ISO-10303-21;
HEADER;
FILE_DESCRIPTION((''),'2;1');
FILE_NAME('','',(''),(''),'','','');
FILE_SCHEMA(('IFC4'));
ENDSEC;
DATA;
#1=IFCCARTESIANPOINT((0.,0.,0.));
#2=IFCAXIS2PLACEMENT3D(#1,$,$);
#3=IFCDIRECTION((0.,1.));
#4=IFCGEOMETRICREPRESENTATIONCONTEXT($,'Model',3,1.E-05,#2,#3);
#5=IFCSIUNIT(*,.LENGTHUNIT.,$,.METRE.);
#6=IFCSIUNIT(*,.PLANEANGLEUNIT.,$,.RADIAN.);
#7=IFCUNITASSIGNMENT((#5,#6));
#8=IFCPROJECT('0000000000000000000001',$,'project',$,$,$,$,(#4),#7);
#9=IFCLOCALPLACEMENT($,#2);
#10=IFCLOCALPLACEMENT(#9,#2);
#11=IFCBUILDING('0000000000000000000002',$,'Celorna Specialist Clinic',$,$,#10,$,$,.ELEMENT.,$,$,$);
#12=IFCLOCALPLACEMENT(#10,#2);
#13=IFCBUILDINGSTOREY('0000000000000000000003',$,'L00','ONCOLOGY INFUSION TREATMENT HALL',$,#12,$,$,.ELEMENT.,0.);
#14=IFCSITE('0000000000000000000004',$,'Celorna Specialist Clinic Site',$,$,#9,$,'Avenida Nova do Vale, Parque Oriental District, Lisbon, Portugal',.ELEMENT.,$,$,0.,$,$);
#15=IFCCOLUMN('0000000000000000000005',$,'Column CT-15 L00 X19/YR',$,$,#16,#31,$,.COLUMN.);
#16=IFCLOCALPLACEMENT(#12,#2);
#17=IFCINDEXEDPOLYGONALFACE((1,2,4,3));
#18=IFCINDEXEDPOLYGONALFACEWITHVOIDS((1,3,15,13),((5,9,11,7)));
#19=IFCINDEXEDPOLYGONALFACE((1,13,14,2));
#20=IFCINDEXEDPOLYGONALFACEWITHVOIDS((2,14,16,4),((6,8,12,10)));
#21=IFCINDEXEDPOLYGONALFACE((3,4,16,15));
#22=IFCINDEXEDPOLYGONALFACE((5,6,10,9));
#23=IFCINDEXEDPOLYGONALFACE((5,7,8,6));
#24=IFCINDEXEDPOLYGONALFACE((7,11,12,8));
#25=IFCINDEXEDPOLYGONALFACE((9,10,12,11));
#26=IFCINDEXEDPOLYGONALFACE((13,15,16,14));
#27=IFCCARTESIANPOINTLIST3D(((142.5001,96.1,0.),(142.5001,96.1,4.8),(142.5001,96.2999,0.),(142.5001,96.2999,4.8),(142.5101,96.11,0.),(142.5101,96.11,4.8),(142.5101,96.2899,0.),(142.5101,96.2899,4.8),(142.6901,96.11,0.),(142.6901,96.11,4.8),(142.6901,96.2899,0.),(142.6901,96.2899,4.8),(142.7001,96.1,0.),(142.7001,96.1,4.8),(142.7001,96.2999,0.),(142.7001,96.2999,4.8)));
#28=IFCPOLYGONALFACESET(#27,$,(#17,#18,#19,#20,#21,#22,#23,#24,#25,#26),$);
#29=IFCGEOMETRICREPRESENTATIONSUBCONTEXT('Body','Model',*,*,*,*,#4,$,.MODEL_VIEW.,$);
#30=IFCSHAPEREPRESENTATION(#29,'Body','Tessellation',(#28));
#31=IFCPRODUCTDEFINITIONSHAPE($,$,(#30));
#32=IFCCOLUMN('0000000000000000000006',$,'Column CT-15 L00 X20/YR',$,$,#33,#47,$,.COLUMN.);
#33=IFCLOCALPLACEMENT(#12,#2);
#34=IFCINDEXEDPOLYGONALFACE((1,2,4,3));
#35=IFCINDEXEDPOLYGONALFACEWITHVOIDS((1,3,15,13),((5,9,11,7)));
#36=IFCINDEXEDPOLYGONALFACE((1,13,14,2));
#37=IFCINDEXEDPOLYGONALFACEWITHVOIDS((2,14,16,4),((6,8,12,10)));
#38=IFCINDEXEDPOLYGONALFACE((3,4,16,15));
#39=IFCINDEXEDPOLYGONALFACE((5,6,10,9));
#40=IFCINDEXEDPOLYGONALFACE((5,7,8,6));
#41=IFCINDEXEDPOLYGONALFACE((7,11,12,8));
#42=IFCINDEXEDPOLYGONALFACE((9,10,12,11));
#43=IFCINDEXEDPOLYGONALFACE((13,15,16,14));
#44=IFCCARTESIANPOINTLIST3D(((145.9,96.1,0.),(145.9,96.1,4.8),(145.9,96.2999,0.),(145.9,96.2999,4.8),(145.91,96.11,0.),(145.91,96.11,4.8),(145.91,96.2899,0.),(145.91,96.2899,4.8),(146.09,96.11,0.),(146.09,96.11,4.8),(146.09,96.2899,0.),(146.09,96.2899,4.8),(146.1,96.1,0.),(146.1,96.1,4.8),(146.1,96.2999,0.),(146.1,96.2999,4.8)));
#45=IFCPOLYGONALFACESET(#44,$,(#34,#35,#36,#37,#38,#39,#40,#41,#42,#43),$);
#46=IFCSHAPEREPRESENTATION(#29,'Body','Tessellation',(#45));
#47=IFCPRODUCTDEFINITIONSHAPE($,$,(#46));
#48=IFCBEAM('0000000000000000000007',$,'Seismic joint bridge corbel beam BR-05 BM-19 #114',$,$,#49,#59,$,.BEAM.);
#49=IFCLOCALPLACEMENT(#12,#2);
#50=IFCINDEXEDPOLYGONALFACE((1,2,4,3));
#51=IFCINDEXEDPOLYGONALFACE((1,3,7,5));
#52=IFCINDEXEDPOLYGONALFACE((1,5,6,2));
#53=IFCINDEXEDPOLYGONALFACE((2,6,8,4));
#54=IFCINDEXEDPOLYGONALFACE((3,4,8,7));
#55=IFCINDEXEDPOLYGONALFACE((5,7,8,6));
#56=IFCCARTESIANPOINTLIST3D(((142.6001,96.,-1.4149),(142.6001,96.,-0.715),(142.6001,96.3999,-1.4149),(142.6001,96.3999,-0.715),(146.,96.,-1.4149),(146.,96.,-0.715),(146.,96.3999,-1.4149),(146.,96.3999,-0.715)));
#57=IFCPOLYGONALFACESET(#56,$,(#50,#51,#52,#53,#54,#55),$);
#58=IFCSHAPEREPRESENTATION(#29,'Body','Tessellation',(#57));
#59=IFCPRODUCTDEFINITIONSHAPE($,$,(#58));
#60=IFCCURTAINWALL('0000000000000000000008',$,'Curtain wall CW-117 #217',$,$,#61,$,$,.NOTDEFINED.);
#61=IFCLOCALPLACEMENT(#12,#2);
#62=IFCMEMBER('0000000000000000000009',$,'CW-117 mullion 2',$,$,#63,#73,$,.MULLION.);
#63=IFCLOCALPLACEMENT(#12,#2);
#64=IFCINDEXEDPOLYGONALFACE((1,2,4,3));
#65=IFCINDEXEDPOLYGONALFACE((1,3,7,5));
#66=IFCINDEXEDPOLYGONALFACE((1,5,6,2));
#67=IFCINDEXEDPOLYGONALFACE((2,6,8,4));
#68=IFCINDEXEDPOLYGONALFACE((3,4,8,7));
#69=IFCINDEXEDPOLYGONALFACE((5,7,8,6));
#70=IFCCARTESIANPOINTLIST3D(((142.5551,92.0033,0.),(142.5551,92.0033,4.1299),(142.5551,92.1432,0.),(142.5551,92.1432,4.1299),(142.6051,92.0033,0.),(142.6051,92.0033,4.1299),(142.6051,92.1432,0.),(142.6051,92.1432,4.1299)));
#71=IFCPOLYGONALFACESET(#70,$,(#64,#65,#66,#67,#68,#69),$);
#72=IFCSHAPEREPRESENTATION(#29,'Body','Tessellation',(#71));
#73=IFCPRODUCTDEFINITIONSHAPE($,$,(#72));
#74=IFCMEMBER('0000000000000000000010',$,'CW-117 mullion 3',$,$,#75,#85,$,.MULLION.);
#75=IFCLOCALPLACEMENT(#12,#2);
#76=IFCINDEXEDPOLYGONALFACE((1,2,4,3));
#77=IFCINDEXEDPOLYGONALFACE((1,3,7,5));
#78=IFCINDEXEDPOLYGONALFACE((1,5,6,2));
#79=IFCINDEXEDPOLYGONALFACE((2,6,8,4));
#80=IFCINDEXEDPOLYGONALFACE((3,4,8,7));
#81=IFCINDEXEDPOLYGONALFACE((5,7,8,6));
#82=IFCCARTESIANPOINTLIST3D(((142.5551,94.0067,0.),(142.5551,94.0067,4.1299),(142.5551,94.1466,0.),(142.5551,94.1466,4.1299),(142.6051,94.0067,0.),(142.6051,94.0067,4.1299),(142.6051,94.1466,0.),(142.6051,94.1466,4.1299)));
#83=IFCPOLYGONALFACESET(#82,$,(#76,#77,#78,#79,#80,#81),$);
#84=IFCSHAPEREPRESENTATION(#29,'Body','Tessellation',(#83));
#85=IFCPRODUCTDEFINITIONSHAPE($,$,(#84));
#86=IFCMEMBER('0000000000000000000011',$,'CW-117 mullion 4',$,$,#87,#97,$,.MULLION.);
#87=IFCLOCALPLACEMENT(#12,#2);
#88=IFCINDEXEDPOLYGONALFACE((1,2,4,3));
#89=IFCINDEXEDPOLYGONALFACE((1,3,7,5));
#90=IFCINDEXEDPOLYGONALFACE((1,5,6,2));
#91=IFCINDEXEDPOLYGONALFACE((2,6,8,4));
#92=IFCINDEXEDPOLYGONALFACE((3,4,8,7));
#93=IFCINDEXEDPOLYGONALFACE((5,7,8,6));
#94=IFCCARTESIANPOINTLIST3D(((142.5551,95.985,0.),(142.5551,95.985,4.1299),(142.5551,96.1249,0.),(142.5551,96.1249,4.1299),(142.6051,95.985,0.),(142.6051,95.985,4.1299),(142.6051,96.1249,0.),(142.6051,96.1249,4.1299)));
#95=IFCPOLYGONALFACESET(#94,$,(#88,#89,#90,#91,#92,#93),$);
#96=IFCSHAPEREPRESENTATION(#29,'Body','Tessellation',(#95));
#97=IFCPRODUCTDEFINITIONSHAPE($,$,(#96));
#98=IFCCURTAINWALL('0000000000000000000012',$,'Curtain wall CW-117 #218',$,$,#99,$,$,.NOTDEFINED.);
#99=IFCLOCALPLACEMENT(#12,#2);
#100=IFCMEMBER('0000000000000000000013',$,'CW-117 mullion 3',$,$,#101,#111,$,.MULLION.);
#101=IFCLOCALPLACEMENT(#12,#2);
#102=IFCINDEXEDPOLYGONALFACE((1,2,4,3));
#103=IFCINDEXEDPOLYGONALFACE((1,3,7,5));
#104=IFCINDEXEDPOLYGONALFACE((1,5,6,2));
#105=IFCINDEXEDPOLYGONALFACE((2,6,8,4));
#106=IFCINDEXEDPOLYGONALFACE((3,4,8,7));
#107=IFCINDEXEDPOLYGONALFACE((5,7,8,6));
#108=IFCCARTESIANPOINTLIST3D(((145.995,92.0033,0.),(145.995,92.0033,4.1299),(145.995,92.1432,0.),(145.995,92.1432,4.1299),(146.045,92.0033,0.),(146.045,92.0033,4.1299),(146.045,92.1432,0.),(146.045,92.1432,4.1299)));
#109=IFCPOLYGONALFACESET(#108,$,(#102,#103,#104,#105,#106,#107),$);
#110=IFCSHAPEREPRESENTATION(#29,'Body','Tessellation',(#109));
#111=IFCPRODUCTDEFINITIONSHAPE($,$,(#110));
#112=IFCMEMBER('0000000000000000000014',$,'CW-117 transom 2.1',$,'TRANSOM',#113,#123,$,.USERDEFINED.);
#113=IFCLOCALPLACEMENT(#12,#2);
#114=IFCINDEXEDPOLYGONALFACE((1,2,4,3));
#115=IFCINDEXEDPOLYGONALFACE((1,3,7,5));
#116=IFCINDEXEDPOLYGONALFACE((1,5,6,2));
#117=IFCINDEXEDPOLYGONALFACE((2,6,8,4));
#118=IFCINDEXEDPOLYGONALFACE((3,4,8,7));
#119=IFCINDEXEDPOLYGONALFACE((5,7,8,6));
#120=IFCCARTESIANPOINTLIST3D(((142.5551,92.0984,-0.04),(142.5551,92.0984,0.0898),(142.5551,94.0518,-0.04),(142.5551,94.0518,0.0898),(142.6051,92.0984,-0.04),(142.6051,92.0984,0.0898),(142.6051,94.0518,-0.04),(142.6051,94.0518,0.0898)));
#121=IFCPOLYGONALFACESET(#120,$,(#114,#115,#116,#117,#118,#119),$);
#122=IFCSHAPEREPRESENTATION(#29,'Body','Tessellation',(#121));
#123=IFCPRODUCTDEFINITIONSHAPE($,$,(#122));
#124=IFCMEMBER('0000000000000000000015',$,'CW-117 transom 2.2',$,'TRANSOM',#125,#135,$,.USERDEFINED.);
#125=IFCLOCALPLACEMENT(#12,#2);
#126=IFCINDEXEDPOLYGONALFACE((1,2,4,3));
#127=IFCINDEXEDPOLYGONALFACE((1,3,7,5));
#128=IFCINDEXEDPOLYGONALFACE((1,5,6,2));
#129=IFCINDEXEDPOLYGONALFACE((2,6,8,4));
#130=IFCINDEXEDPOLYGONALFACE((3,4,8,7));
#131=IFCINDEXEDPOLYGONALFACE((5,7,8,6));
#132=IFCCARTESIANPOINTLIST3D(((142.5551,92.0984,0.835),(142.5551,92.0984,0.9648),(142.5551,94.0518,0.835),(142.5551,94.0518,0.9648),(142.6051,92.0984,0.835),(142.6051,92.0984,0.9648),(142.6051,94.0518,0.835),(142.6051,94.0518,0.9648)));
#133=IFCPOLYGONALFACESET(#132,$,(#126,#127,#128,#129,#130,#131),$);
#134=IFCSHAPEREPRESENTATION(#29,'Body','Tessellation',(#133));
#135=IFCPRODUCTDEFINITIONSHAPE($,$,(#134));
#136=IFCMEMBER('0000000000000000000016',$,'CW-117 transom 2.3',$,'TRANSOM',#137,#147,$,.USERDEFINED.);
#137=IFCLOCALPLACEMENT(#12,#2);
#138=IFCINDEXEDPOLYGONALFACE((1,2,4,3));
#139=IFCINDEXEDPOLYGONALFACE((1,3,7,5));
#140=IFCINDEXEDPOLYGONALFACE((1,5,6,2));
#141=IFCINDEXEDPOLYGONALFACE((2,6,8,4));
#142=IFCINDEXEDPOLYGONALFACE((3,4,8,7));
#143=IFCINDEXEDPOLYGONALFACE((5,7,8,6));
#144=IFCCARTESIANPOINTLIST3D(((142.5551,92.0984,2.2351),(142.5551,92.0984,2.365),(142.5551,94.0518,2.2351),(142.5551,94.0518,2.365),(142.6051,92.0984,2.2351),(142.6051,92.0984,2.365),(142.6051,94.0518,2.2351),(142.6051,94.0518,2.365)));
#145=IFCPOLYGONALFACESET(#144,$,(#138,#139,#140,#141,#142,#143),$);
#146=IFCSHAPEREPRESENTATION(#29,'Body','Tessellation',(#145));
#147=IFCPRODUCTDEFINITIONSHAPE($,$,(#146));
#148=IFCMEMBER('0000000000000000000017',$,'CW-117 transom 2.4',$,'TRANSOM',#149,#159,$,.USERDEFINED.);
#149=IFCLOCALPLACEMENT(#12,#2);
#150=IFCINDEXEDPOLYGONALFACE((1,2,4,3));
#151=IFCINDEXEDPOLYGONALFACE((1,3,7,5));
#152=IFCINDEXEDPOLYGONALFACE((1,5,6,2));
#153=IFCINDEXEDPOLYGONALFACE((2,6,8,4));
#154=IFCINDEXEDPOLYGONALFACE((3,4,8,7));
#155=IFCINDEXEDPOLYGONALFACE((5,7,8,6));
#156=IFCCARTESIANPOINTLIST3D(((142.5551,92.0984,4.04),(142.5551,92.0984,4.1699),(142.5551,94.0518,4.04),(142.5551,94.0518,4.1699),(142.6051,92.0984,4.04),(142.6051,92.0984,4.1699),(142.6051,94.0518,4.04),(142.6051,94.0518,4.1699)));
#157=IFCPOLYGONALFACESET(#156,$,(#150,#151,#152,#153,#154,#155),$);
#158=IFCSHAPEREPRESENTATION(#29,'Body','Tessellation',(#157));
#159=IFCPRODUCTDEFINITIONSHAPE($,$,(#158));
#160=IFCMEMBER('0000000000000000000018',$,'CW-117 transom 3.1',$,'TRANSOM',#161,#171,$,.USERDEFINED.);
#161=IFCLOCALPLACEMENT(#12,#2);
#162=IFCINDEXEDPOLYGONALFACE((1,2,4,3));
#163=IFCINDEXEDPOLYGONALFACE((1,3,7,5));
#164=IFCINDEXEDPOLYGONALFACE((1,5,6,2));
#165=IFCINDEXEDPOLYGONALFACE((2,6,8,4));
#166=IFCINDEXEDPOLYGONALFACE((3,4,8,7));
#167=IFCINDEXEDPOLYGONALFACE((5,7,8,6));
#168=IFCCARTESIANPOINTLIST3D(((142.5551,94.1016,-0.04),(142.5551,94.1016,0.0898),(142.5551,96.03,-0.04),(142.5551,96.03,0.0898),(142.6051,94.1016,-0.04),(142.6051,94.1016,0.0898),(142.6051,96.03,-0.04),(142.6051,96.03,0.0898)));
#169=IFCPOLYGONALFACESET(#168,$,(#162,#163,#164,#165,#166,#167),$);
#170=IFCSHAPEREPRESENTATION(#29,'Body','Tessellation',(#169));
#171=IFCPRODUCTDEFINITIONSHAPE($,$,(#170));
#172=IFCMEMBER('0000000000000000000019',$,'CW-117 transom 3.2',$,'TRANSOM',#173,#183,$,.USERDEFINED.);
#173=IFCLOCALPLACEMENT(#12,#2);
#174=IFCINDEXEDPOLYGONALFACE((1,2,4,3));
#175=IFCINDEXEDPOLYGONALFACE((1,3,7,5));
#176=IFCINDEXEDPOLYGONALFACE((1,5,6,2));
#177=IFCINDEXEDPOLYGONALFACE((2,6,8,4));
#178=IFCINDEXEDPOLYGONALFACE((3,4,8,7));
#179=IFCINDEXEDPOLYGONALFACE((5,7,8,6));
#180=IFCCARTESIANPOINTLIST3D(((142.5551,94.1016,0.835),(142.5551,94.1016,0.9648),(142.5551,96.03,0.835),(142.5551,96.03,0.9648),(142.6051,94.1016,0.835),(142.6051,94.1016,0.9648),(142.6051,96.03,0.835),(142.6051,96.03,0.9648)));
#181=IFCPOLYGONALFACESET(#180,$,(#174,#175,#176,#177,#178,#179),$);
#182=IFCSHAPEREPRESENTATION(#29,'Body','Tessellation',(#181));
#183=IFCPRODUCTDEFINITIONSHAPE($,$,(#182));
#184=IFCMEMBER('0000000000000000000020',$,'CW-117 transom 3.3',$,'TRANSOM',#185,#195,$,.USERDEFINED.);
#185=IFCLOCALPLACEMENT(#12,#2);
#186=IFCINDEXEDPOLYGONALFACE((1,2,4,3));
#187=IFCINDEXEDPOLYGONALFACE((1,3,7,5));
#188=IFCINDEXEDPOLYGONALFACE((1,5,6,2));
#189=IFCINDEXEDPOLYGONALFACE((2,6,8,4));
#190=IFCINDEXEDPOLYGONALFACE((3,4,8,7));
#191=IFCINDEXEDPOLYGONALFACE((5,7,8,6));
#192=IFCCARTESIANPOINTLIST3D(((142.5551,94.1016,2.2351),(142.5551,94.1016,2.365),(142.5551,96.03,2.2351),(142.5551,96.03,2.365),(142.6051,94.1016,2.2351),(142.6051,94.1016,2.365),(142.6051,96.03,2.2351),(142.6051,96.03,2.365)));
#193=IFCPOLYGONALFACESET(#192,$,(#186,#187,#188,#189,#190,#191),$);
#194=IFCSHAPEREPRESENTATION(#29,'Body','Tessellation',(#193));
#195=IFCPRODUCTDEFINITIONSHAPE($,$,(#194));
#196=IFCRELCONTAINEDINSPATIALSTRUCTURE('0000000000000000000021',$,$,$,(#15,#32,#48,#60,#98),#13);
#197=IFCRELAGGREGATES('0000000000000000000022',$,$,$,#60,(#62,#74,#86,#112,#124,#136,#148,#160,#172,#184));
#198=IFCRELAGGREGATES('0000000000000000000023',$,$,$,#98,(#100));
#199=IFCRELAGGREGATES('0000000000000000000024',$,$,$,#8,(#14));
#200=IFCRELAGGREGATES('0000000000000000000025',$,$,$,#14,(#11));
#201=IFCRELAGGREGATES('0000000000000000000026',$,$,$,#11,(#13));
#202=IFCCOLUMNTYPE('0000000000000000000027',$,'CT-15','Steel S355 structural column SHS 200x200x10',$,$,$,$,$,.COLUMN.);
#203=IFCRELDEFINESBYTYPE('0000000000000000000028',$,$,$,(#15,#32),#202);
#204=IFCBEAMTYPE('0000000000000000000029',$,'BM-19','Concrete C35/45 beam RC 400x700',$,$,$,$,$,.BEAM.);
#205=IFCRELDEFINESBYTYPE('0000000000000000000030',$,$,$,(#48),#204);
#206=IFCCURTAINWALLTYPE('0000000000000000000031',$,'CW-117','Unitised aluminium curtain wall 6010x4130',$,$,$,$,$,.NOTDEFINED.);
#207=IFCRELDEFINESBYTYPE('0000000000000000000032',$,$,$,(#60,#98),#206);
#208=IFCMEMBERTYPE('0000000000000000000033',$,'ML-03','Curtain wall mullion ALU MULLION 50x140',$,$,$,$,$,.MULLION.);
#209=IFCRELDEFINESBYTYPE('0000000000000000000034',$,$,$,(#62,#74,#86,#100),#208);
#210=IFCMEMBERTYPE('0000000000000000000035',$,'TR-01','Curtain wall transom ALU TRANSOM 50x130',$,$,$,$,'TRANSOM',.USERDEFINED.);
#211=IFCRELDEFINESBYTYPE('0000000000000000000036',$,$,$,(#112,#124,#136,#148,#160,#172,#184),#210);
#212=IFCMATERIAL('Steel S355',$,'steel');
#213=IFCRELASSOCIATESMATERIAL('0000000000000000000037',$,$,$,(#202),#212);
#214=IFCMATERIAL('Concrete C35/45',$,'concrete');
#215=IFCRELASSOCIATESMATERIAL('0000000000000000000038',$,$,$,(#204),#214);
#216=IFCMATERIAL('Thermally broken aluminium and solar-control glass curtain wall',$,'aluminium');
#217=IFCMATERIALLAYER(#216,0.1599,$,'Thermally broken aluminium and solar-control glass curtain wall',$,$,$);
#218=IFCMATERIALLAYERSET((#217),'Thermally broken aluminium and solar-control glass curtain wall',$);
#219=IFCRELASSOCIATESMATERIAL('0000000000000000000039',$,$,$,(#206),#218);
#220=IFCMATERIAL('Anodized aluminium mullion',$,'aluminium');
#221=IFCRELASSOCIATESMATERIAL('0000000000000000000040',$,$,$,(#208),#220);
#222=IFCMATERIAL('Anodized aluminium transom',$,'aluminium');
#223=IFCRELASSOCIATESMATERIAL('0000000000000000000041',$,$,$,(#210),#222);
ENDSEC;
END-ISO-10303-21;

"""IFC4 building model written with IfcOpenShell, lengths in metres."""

from ifc_helpers import new_model, si_unit, direction, frame, origin, origin_2d, place, context, subcontext, project, spatial, rectangle, hollow_rectangle, extrude, material, layer, layer_set, material_profile, profile_set, type_object, element, aggregate, save


model = new_model("IFC4")

# Units and contexts
model_context = context("Model", 3, precision=1e-05, world=origin(), true_north=direction((0.0, 1.0)))
body_context = subcontext(model_context, "Body", "Model", "MODEL_VIEW")
ifc_project = project(units=[si_unit("LENGTHUNIT", "METRE"), si_unit("PLANEANGLEUNIT", "RADIAN")], contexts=[model_context])

# Site, building, storey
site_placement = place(None, origin())
site = spatial("IfcSite", under=ifc_project, at=site_placement, Name="Celorna Specialist Clinic Site", LongName="Avenida Nova do Vale, Parque Oriental District, Lisbon, Portugal", CompositionType="ELEMENT", RefElevation=0.0)
building_placement = place(site_placement, origin())
building = spatial("IfcBuilding", under=site, at=building_placement, Name="Celorna Specialist Clinic", CompositionType="ELEMENT")
storey_placement = place(building_placement, origin())
storey = spatial("IfcBuildingStorey", under=building, at=storey_placement, Name="L00", Description="ONCOLOGY INFUSION TREATMENT HALL", CompositionType="ELEMENT", Elevation=0.0)

# Columns
ifc_material_1 = material(Name="Steel S355", Category="steel")
ifc_material_profile_1 = material_profile(ifc_material_1, hollow_rectangle(XDim=0.2, YDim=0.2, WallThickness=0.01, at=origin_2d()), Name="SHS 200x200x10")
ifc_profile_set_1 = profile_set([ifc_material_profile_1], Name="Steel S355")
column_type = type_object("IfcColumnType", Name="CT-15", Description="Steel S355 structural column SHS 200x200x10", PredefinedType="COLUMN", material=ifc_profile_set_1)
for number, where, z_axis, x_axis, name in (
    (1, (142.6001, 96.2, 0.0), (0.0, 0.0, 1.0), (1.0, 0.0, 0.0), "Column CT-15 L00 X19/YR"),
    (2, (146.0, 96.2, 0.0), (0.0, 0.0, 1.0), (1.0, 0.0, 0.0), "Column CT-15 L00 X20/YR"),
):
    element("IfcColumn", number, at=place(storey_placement, frame(where, z_axis=z_axis, x_axis=x_axis)), inside=storey, type_object=column_type, Name=name, PredefinedType="COLUMN", context=body_context, shape_type="SweptSolid", body=[
        extrude(hollow_rectangle(XDim=0.2, YDim=0.2, WallThickness=0.01, at=origin_2d()), origin(), (0.0, 0.0, 1.0), 4.8),
    ])

# Beam
ifc_material_2 = material(Name="Concrete C35/45", Category="concrete")
ifc_material_profile_2 = material_profile(ifc_material_2, rectangle(XDim=0.3999, YDim=0.7, at=origin_2d()), Name="RC 400x700")
ifc_profile_set_2 = profile_set([ifc_material_profile_2], Name="Concrete C35/45")
beam_type = type_object("IfcBeamType", Name="BM-19", Description="Concrete C35/45 beam RC 400x700", PredefinedType="BEAM", material=ifc_profile_set_2)
beam_placement = place(storey_placement, frame((142.6001, 96.2, -1.0649), z_axis=(1.0, 0.0, 0.0), x_axis=(0.0, 1.0, 0.0)))
element("IfcBeam", 3, at=beam_placement, inside=storey, type_object=beam_type, Name="Seismic joint bridge corbel beam BR-05 BM-19 #114", PredefinedType="BEAM", context=body_context, shape_type="SweptSolid", body=[
    extrude(rectangle(XDim=0.3999, YDim=0.7, at=origin_2d()), origin(), (0.0, 0.0, 1.0), 3.3999),
])

# Curtain wall, members
ifc_material_3 = material(Name="Thermally broken aluminium and solar-control glass curtain wall", Category="aluminium")
ifc_layer_1 = layer(ifc_material_3, 0.1599, Name="Thermally broken aluminium and solar-control glass curtain wall")
ifc_layer_set_1 = layer_set([ifc_layer_1], Name="Thermally broken aluminium and solar-control glass curtain wall")
curtain_wall_type_1 = type_object("IfcCurtainWallType", Name="CW-117", Description="Unitised aluminium curtain wall 6010x4130", PredefinedType="NOTDEFINED", material=ifc_layer_set_1)
curtain_wall_1_placement = place(storey_placement, origin())
curtain_wall_1 = element("IfcCurtainWall", 4, at=curtain_wall_1_placement, inside=storey, type_object=curtain_wall_type_1, Name="Curtain wall CW-117 #217", PredefinedType="NOTDEFINED")
ifc_material_4 = material(Name="Anodized aluminium mullion", Category="aluminium")
ifc_material_profile_3 = material_profile(ifc_material_4, rectangle(XDim=0.05, YDim=0.1399, at=origin_2d()), Name="ALU MULLION 50x140")
ifc_profile_set_3 = profile_set([ifc_material_profile_3], Name="Anodized aluminium mullion")
member_type_1 = type_object("IfcMemberType", Name="ML-03", Description="Curtain wall mullion ALU MULLION 50x140", PredefinedType="MULLION", material=ifc_profile_set_3)
member_1_placement = place(storey_placement, frame((142.5801, 92.0732, 0.0), z_axis=(0.0, 0.0, 1.0), x_axis=(-1.0, 0.0, 0.0)))
member_1 = element("IfcMember", 5, at=member_1_placement, type_object=member_type_1, Name="CW-117 mullion 2", PredefinedType="MULLION", context=body_context, shape_type="SweptSolid", body=[
    extrude(rectangle(XDim=0.05, YDim=0.1399, at=origin_2d()), origin(), (0.0, 0.0, 1.0), 4.1299),
])
member_2_placement = place(storey_placement, frame((142.5801, 94.0767, 0.0), z_axis=(0.0, 0.0, 1.0), x_axis=(-1.0, 0.0, 0.0)))
member_2 = element("IfcMember", 6, at=member_2_placement, type_object=member_type_1, Name="CW-117 mullion 3", PredefinedType="MULLION", context=body_context, shape_type="SweptSolid", body=[
    extrude(rectangle(XDim=0.05, YDim=0.1399, at=origin_2d()), origin(), (0.0, 0.0, 1.0), 4.1299),
])
member_3_placement = place(storey_placement, frame((142.5801, 96.0549, 0.0), z_axis=(0.0, 0.0, 1.0), x_axis=(-1.0, 0.0, 0.0)))
member_3 = element("IfcMember", 7, at=member_3_placement, type_object=member_type_1, Name="CW-117 mullion 4", PredefinedType="MULLION", context=body_context, shape_type="SweptSolid", body=[
    extrude(rectangle(XDim=0.05, YDim=0.1399, at=origin_2d()), origin(), (0.0, 0.0, 1.0), 4.1299),
])

# Curtain wall, member
curtain_wall_2_placement = place(storey_placement, origin())
curtain_wall_2 = element("IfcCurtainWall", 8, at=curtain_wall_2_placement, inside=storey, type_object=curtain_wall_type_1, Name="Curtain wall CW-117 #218", PredefinedType="NOTDEFINED")
member_4_placement = place(storey_placement, frame((146.02, 92.0732, 0.0), z_axis=(0.0, 0.0, 1.0), x_axis=(1.0, 0.0, 0.0)))
member_4 = element("IfcMember", 9, at=member_4_placement, type_object=member_type_1, Name="CW-117 mullion 3", PredefinedType="MULLION", context=body_context, shape_type="SweptSolid", body=[
    extrude(rectangle(XDim=0.05, YDim=0.1399, at=origin_2d()), origin(), (0.0, 0.0, 1.0), 4.1299),
])

# Members
ifc_material_5 = material(Name="Anodized aluminium transom", Category="aluminium")
ifc_material_profile_4 = material_profile(ifc_material_5, rectangle(XDim=0.05, YDim=0.1299, at=origin_2d()), Name="ALU TRANSOM 50x130")
ifc_profile_set_4 = profile_set([ifc_material_profile_4], Name="Anodized aluminium transom")
member_type_2 = type_object("IfcMemberType", Name="TR-01", Description="Curtain wall transom ALU TRANSOM 50x130", ElementType="TRANSOM", PredefinedType="USERDEFINED", material=ifc_profile_set_4)
member_5_placement = place(storey_placement, frame((142.5801, 92.0984, 0.0249), z_axis=(0.0, 1.0, 0.0), x_axis=(-1.0, 0.0, 0.0)))
member_5 = element("IfcMember", 10, at=member_5_placement, type_object=member_type_2, Name="CW-117 transom 2.1", ObjectType="TRANSOM", PredefinedType="USERDEFINED", context=body_context, shape_type="SweptSolid", body=[
    extrude(rectangle(XDim=0.05, YDim=0.1299, at=origin_2d()), origin(), (0.0, 0.0, 1.0), 1.9534),
])
member_6_placement = place(storey_placement, frame((142.5801, 92.0984, 0.8999), z_axis=(0.0, 1.0, 0.0), x_axis=(-1.0, 0.0, 0.0)))
member_6 = element("IfcMember", 11, at=member_6_placement, type_object=member_type_2, Name="CW-117 transom 2.2", ObjectType="TRANSOM", PredefinedType="USERDEFINED", context=body_context, shape_type="SweptSolid", body=[
    extrude(rectangle(XDim=0.05, YDim=0.1299, at=origin_2d()), origin(), (0.0, 0.0, 1.0), 1.9534),
])
member_7_placement = place(storey_placement, frame((142.5801, 92.0984, 2.3), z_axis=(0.0, 1.0, 0.0), x_axis=(-1.0, 0.0, 0.0)))
member_7 = element("IfcMember", 12, at=member_7_placement, type_object=member_type_2, Name="CW-117 transom 2.3", ObjectType="TRANSOM", PredefinedType="USERDEFINED", context=body_context, shape_type="SweptSolid", body=[
    extrude(rectangle(XDim=0.05, YDim=0.1299, at=origin_2d()), origin(), (0.0, 0.0, 1.0), 1.9534),
])
member_8_placement = place(storey_placement, frame((142.5801, 92.0984, 4.105), z_axis=(0.0, 1.0, 0.0), x_axis=(-1.0, 0.0, 0.0)))
member_8 = element("IfcMember", 13, at=member_8_placement, type_object=member_type_2, Name="CW-117 transom 2.4", ObjectType="TRANSOM", PredefinedType="USERDEFINED", context=body_context, shape_type="SweptSolid", body=[
    extrude(rectangle(XDim=0.05, YDim=0.1299, at=origin_2d()), origin(), (0.0, 0.0, 1.0), 1.9534),
])
member_9_placement = place(storey_placement, frame((142.5801, 94.1016, 0.0249), z_axis=(0.0, 1.0, 0.0), x_axis=(-1.0, 0.0, 0.0)))
member_9 = element("IfcMember", 14, at=member_9_placement, type_object=member_type_2, Name="CW-117 transom 3.1", ObjectType="TRANSOM", PredefinedType="USERDEFINED", context=body_context, shape_type="SweptSolid", body=[
    extrude(rectangle(XDim=0.05, YDim=0.1299, at=origin_2d()), origin(), (0.0, 0.0, 1.0), 1.9285),
])
member_10_placement = place(storey_placement, frame((142.5801, 94.1016, 0.8999), z_axis=(0.0, 1.0, 0.0), x_axis=(-1.0, 0.0, 0.0)))
member_10 = element("IfcMember", 15, at=member_10_placement, type_object=member_type_2, Name="CW-117 transom 3.2", ObjectType="TRANSOM", PredefinedType="USERDEFINED", context=body_context, shape_type="SweptSolid", body=[
    extrude(rectangle(XDim=0.05, YDim=0.1299, at=origin_2d()), origin(), (0.0, 0.0, 1.0), 1.9285),
])
member_11_placement = place(storey_placement, frame((142.5801, 94.1016, 2.3), z_axis=(0.0, 1.0, 0.0), x_axis=(-1.0, 0.0, 0.0)))
member_11 = element("IfcMember", 16, at=member_11_placement, type_object=member_type_2, Name="CW-117 transom 3.3", ObjectType="TRANSOM", PredefinedType="USERDEFINED", context=body_context, shape_type="SweptSolid", body=[
    extrude(rectangle(XDim=0.05, YDim=0.1299, at=origin_2d()), origin(), (0.0, 0.0, 1.0), 1.9285),
])

aggregate(curtain_wall_1, [member_1, member_2, member_3, member_5, member_6, member_7, member_8, member_9, member_10, member_11])
aggregate(curtain_wall_2, [member_4])

save(model, "model.ifc")
